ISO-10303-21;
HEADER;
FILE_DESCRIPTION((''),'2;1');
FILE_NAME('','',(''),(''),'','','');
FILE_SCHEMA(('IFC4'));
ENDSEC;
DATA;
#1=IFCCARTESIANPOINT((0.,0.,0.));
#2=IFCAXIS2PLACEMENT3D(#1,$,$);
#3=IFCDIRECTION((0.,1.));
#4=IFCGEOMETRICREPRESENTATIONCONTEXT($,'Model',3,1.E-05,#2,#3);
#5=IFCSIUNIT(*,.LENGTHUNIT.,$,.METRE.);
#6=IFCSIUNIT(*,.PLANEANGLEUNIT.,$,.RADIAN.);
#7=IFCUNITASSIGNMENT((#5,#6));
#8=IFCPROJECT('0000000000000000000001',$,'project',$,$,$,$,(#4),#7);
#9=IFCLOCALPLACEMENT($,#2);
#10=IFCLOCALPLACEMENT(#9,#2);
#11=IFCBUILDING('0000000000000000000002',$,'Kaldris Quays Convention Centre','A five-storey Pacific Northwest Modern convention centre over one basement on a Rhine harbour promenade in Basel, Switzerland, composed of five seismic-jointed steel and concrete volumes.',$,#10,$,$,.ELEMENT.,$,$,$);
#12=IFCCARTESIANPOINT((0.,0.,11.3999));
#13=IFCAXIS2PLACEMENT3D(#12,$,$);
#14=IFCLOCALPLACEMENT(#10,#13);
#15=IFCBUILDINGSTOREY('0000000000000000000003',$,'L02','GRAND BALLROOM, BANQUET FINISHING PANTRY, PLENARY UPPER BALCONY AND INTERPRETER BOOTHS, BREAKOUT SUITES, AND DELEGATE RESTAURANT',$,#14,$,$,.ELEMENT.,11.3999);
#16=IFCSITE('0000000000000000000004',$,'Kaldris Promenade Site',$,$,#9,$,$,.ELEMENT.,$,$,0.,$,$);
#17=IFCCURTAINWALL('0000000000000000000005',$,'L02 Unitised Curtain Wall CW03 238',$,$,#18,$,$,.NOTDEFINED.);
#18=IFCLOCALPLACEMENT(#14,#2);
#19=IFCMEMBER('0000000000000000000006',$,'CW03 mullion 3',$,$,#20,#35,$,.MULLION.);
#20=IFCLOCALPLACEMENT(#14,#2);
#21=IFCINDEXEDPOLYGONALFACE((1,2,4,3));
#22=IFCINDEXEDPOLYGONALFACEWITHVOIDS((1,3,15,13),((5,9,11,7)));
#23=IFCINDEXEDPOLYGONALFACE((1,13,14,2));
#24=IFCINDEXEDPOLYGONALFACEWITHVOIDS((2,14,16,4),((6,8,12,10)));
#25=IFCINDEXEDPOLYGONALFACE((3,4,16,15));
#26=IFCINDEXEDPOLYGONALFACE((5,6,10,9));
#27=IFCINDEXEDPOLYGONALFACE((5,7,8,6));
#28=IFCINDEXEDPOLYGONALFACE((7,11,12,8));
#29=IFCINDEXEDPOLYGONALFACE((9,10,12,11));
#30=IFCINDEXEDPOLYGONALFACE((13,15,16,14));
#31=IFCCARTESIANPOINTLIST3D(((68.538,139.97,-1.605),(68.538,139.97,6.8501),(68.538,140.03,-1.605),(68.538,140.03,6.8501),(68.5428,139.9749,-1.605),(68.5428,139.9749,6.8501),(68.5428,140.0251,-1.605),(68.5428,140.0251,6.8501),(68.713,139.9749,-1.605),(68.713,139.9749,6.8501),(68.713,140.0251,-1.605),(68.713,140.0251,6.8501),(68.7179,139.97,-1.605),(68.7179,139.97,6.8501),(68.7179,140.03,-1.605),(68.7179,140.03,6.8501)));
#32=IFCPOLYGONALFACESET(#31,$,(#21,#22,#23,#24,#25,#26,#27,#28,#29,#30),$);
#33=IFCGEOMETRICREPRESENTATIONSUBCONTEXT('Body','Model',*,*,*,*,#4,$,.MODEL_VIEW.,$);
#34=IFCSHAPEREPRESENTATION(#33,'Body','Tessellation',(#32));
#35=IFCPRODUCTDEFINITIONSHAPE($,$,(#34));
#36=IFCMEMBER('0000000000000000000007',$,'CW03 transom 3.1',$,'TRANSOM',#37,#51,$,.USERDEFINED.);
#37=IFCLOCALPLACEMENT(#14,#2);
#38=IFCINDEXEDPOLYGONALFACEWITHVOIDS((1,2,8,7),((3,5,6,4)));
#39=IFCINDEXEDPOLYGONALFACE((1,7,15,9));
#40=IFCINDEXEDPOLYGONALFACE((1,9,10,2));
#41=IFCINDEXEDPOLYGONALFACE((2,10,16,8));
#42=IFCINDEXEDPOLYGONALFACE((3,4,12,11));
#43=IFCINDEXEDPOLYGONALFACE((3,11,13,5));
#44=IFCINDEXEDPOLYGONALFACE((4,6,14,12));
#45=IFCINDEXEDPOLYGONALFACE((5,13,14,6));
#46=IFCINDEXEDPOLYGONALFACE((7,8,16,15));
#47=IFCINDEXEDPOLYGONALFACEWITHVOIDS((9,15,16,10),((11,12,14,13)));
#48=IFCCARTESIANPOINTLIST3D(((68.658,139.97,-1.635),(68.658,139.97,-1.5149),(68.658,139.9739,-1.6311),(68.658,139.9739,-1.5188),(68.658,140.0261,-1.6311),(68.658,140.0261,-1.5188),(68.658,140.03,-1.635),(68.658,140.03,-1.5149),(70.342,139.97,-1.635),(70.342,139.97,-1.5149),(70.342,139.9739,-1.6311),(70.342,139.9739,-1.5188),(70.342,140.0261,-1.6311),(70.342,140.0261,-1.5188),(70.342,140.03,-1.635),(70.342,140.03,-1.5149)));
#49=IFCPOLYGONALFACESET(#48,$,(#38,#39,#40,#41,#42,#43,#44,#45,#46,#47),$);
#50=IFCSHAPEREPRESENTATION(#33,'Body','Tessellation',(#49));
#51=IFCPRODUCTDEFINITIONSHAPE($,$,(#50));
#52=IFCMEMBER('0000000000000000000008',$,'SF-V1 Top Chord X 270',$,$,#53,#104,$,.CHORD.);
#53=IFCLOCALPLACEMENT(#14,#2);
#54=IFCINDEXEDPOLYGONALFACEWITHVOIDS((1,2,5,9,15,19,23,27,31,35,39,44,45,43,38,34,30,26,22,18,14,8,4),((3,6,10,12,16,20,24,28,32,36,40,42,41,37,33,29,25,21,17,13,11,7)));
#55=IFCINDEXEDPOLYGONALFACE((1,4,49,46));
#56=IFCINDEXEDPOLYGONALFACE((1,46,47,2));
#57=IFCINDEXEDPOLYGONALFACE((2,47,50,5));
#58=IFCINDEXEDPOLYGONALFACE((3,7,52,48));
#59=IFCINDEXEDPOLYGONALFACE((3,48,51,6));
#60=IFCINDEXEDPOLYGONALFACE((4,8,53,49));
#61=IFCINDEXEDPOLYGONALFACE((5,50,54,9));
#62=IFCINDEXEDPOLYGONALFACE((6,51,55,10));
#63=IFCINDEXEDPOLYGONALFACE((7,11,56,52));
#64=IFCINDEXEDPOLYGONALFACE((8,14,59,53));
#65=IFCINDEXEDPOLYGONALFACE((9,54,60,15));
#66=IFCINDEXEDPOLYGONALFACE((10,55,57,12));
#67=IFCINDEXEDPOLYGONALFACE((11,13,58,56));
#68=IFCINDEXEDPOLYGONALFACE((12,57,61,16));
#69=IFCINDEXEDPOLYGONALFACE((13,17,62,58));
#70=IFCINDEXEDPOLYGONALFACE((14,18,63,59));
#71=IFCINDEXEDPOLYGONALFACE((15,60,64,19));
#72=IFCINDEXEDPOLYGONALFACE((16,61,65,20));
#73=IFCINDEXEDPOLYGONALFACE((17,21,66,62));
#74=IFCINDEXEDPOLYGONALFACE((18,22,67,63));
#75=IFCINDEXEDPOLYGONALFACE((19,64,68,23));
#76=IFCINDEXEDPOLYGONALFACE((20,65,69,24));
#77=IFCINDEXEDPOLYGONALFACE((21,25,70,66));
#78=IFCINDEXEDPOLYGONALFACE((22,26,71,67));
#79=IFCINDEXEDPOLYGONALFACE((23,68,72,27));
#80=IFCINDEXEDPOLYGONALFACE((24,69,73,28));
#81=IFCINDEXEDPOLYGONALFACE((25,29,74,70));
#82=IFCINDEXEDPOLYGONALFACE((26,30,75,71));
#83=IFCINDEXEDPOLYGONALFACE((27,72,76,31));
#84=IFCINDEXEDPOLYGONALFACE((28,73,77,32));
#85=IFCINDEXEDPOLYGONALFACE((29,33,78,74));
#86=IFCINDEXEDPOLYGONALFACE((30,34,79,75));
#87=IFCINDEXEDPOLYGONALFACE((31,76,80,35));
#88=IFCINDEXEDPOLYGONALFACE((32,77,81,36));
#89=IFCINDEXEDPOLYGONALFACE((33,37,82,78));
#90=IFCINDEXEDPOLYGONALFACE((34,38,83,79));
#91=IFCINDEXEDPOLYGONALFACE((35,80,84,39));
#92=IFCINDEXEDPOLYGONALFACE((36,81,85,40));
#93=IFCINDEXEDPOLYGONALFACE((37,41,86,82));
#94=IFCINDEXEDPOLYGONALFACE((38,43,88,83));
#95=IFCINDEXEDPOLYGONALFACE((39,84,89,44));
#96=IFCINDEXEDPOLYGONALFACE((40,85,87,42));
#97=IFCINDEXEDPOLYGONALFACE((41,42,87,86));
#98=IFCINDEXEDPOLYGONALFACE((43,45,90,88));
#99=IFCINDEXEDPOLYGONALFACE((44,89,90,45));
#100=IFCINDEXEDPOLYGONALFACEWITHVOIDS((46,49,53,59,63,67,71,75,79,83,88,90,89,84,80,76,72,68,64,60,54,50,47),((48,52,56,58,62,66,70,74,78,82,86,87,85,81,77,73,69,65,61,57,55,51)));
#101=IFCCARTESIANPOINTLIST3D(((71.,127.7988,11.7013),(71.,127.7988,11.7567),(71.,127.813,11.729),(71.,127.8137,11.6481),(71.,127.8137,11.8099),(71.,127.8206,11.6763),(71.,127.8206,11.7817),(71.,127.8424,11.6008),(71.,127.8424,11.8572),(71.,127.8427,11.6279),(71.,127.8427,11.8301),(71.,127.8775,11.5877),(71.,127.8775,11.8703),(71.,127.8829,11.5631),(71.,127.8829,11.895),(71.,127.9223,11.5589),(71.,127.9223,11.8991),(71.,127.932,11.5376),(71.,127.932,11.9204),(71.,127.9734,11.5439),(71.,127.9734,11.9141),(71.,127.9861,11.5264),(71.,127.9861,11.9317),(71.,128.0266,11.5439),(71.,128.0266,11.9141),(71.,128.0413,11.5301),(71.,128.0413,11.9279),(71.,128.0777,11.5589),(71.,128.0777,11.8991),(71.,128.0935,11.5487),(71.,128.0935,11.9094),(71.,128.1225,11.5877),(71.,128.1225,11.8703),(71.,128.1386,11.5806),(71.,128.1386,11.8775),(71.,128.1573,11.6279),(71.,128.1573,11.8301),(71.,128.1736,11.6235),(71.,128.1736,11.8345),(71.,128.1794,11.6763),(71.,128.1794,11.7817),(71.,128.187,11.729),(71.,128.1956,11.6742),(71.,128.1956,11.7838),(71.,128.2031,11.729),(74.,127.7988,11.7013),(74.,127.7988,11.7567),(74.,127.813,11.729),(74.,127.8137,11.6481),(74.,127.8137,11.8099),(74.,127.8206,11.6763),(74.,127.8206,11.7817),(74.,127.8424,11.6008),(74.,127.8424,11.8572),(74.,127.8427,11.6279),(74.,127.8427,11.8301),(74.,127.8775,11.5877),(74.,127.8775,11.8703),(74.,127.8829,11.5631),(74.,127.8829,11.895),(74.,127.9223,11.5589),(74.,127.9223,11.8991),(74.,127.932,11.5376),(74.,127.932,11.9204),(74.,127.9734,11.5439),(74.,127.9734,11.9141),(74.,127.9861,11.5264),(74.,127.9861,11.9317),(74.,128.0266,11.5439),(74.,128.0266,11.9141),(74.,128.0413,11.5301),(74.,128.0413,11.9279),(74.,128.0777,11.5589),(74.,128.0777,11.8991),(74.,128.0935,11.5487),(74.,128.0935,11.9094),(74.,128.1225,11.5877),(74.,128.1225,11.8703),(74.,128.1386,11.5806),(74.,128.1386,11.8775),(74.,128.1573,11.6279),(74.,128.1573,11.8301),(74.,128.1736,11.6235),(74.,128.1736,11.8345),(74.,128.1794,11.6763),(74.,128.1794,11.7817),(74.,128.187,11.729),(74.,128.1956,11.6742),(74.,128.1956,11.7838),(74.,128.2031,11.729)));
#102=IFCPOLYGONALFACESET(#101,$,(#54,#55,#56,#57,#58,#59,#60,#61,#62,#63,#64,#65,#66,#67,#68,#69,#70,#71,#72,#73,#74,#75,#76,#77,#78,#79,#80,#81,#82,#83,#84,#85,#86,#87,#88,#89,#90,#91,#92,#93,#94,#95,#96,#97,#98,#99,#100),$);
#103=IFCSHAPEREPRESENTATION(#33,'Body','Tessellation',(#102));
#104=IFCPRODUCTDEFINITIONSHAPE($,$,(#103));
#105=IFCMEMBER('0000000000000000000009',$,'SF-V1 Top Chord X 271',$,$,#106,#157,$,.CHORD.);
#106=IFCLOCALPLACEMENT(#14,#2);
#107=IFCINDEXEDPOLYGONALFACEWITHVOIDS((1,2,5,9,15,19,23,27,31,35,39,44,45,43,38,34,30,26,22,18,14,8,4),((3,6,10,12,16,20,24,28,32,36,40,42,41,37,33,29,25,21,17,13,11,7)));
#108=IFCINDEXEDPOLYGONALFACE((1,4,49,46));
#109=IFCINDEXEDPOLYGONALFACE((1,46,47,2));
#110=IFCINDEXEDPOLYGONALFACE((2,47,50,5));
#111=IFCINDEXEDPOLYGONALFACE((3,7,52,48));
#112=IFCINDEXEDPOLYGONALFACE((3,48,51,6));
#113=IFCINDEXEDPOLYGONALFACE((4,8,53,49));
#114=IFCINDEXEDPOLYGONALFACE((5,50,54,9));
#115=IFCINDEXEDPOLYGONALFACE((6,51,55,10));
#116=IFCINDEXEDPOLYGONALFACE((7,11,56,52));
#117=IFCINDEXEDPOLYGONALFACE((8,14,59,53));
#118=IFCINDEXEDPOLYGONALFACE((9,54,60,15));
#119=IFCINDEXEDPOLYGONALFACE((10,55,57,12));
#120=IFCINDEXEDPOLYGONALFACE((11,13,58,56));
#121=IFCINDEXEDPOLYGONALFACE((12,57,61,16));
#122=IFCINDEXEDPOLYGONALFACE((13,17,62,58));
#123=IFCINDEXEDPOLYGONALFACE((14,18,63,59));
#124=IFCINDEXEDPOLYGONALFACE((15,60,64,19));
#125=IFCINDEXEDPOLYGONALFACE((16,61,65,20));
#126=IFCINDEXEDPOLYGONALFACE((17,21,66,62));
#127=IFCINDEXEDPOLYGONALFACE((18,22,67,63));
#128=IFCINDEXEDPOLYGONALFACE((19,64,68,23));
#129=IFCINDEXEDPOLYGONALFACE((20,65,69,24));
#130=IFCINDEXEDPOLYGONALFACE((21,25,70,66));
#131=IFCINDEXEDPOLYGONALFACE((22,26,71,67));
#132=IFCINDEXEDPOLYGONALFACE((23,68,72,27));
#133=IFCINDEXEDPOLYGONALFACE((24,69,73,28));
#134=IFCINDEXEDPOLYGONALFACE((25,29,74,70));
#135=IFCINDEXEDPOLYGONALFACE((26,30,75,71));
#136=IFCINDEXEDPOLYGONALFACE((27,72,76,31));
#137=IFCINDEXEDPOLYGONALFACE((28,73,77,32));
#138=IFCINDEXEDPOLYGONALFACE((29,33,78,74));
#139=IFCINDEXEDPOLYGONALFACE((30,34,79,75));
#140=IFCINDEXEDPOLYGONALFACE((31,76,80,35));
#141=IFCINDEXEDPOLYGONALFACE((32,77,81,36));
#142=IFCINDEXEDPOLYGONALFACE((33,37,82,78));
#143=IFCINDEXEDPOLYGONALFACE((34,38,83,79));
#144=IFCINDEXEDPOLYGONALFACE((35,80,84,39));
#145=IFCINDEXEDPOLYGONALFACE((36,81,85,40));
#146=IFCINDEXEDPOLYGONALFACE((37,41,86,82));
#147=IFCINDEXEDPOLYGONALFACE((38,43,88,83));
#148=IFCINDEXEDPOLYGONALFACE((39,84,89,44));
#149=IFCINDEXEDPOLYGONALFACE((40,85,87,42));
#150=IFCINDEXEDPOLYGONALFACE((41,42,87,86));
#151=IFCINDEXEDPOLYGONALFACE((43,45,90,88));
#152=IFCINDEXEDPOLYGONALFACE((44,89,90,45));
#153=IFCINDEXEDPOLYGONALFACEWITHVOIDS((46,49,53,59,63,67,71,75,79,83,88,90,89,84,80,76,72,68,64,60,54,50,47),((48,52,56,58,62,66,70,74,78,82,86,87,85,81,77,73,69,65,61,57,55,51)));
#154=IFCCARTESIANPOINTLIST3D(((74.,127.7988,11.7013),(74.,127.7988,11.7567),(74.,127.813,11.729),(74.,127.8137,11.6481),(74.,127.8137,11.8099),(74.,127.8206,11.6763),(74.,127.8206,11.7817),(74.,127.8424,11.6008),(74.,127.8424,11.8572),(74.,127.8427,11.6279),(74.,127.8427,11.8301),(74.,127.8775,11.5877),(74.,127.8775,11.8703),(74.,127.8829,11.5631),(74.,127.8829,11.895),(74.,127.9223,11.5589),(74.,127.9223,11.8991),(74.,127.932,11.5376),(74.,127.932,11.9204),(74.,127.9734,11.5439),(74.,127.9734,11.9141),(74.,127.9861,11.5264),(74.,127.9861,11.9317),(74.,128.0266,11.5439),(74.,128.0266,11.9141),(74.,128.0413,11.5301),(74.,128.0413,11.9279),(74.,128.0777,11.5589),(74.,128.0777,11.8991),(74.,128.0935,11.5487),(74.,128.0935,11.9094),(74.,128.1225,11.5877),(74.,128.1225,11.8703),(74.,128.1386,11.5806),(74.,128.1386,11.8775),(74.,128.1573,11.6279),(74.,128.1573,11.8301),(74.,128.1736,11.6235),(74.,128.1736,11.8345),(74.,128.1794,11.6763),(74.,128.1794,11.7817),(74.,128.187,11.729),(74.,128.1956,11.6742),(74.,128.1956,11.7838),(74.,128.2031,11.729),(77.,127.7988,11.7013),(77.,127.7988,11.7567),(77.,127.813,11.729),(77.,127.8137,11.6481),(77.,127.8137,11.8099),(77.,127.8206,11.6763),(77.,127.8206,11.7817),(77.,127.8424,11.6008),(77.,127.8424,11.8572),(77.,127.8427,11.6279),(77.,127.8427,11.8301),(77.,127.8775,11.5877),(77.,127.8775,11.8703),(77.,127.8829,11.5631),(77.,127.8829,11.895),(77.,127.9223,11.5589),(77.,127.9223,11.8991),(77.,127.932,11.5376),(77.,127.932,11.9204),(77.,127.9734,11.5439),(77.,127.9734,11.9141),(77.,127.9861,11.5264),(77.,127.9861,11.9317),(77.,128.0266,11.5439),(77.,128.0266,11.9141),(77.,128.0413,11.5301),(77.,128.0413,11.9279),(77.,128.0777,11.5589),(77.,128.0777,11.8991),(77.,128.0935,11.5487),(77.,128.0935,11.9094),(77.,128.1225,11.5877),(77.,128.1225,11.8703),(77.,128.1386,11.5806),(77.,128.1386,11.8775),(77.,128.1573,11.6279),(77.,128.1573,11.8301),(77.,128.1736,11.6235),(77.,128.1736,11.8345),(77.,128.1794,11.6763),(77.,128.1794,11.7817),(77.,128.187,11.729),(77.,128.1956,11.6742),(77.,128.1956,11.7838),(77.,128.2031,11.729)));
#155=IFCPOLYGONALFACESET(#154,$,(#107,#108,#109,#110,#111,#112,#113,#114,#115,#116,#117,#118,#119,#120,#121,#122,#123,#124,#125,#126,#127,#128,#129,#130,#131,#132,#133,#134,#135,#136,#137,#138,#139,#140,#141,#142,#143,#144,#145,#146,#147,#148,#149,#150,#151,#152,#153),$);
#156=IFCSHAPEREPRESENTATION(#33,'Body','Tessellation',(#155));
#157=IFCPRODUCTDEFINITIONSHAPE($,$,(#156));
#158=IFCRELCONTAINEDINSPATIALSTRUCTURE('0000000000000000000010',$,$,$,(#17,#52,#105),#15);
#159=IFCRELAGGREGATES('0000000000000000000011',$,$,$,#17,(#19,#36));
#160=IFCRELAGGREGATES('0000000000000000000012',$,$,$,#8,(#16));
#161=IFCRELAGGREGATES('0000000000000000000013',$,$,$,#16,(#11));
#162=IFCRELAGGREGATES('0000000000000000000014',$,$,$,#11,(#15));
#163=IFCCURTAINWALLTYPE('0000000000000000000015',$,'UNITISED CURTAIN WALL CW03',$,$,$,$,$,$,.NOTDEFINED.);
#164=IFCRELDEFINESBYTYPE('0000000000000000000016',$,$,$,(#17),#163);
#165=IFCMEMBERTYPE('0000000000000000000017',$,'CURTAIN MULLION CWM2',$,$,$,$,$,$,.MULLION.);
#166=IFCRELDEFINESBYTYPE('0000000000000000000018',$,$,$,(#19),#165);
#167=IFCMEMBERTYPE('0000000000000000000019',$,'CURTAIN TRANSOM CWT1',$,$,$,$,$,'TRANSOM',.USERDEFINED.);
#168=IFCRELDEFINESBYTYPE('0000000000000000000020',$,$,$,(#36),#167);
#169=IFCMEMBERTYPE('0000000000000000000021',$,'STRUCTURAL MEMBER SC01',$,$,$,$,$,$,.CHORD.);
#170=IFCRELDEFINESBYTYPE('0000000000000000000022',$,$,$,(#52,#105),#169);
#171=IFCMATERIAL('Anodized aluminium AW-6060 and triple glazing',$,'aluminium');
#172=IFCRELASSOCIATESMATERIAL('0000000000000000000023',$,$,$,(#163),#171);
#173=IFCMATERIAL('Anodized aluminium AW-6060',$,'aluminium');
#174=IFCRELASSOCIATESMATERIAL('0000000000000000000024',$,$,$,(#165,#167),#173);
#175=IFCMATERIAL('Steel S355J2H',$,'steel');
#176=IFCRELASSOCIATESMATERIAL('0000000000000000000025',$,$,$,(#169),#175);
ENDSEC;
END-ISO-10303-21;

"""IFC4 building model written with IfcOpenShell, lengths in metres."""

from ifc_helpers import new_model, si_unit, direction, frame, origin, origin_2d, place, context, subcontext, project, spatial, hollow_rectangle, hollow_circle, extrude, material, material_profile, profile_set, type_object, element, aggregate, save


model = new_model("IFC4")

# Units and contexts
model_context = context("Model", 3, precision=1e-05, world=origin(), true_north=direction((0.0, 1.0)))
body_context = subcontext(model_context, "Body", "Model", "MODEL_VIEW")
ifc_project = project(units=[si_unit("LENGTHUNIT", "METRE"), si_unit("PLANEANGLEUNIT", "RADIAN")], contexts=[model_context])

# Site, building, storey
site_placement = place(None, origin())
site = spatial("IfcSite", under=ifc_project, at=site_placement, Name="Kaldris Promenade Site", CompositionType="ELEMENT", RefElevation=0.0)
building_placement = place(site_placement, origin())
building = spatial("IfcBuilding", under=site, at=building_placement, Name="Kaldris Quays Convention Centre", Description="A five-storey Pacific Northwest Modern convention centre over one basement on a Rhine harbour promenade in Basel, Switzerland, composed of five seismic-jointed steel and concrete volumes.", CompositionType="ELEMENT")
storey_placement = place(building_placement, frame((0.0, 0.0, 11.3999)))
storey = spatial("IfcBuildingStorey", under=building, at=storey_placement, Name="L02", Description="GRAND BALLROOM, BANQUET FINISHING PANTRY, PLENARY UPPER BALCONY AND INTERPRETER BOOTHS, BREAKOUT SUITES, AND DELEGATE RESTAURANT", CompositionType="ELEMENT", Elevation=11.3999)

# Curtain wall, members
ifc_material_1 = material(Name="Anodized aluminium AW-6060 and triple glazing", Category="aluminium")
curtain_wall_type = type_object("IfcCurtainWallType", Name="UNITISED CURTAIN WALL CW03", PredefinedType="NOTDEFINED", material=ifc_material_1)
curtain_wall_placement = place(storey_placement, origin())
curtain_wall = element("IfcCurtainWall", 1, at=curtain_wall_placement, inside=storey, type_object=curtain_wall_type, Name="L02 Unitised Curtain Wall CW03 238", PredefinedType="NOTDEFINED")
ifc_material_2 = material(Name="Anodized aluminium AW-6060", Category="aluminium")
ifc_material_profile_1 = material_profile(ifc_material_2, hollow_rectangle(XDim=0.0601, YDim=0.1799, WallThickness=0.0049, at=origin_2d()), Name="RHS 180x60x5")
ifc_profile_set_1 = profile_set([ifc_material_profile_1], Name="Anodized aluminium AW-6060")
member_type_1 = type_object("IfcMemberType", Name="CURTAIN MULLION CWM2", PredefinedType="MULLION", material=ifc_profile_set_1)
member_1_placement = place(storey_placement, frame((68.6279, 140.0, -1.605), z_axis=(0.0, 0.0, 1.0), x_axis=(0.0, 1.0, 0.0)))
member_1 = element("IfcMember", 2, at=member_1_placement, type_object=member_type_1, Name="CW03 mullion 3", PredefinedType="MULLION", context=body_context, shape_type="SweptSolid", body=[
    extrude(hollow_rectangle(XDim=0.0601, YDim=0.1799, WallThickness=0.0049, at=origin_2d()), origin(), (0.0, 0.0, 1.0), 8.4551),
])
ifc_material_profile_2 = material_profile(ifc_material_2, hollow_rectangle(XDim=0.0601, YDim=0.1201, WallThickness=0.0039, at=origin_2d()), Name="RHS 120x60x4")
ifc_profile_set_2 = profile_set([ifc_material_profile_2], Name="Anodized aluminium AW-6060")
member_type_2 = type_object("IfcMemberType", Name="CURTAIN TRANSOM CWT1", ElementType="TRANSOM", PredefinedType="USERDEFINED", material=ifc_profile_set_2)
member_2_placement = place(storey_placement, frame((68.658, 140.0, -1.575), z_axis=(1.0, 0.0, 0.0), x_axis=(0.0, 1.0, 0.0)))
member_2 = element("IfcMember", 3, at=member_2_placement, type_object=member_type_2, Name="CW03 transom 3.1", ObjectType="TRANSOM", PredefinedType="USERDEFINED", context=body_context, shape_type="SweptSolid", body=[
    extrude(hollow_rectangle(XDim=0.0601, YDim=0.1201, WallThickness=0.0039, at=origin_2d()), origin(), (0.0, 0.0, 1.0), 1.6841),
])
aggregate(curtain_wall, [member_1, member_2])

# Members
ifc_material_3 = material(Name="Steel S355J2H", Category="steel")
ifc_material_profile_3 = material_profile(ifc_material_3, hollow_circle(Radius=0.2031, WallThickness=0.0161, at=origin_2d()), Name="CHS 406.4x16")
ifc_profile_set_3 = profile_set([ifc_material_profile_3], Name="Steel S355J2H")
member_type_3 = type_object("IfcMemberType", Name="STRUCTURAL MEMBER SC01", PredefinedType="CHORD", material=ifc_profile_set_3)
for number, where, z_axis, x_axis, name in (
    (4, (71.0, 128.0, 11.729), (1.0, 0.0, 0.0), (0.0, 1.0, 0.0), "SF-V1 Top Chord X 270"),
    (5, (74.0, 128.0, 11.729), (1.0, 0.0, 0.0), (0.0, 1.0, 0.0), "SF-V1 Top Chord X 271"),
):
    element("IfcMember", number, at=place(storey_placement, frame(where, z_axis=z_axis, x_axis=x_axis)), inside=storey, type_object=member_type_3, Name=name, PredefinedType="CHORD", context=body_context, shape_type="SweptSolid", body=[
        extrude(hollow_circle(Radius=0.2031, WallThickness=0.0161, at=origin_2d()), origin(), (0.0, 0.0, 1.0), 3.0),
    ])

save(model, "model.ifc")
